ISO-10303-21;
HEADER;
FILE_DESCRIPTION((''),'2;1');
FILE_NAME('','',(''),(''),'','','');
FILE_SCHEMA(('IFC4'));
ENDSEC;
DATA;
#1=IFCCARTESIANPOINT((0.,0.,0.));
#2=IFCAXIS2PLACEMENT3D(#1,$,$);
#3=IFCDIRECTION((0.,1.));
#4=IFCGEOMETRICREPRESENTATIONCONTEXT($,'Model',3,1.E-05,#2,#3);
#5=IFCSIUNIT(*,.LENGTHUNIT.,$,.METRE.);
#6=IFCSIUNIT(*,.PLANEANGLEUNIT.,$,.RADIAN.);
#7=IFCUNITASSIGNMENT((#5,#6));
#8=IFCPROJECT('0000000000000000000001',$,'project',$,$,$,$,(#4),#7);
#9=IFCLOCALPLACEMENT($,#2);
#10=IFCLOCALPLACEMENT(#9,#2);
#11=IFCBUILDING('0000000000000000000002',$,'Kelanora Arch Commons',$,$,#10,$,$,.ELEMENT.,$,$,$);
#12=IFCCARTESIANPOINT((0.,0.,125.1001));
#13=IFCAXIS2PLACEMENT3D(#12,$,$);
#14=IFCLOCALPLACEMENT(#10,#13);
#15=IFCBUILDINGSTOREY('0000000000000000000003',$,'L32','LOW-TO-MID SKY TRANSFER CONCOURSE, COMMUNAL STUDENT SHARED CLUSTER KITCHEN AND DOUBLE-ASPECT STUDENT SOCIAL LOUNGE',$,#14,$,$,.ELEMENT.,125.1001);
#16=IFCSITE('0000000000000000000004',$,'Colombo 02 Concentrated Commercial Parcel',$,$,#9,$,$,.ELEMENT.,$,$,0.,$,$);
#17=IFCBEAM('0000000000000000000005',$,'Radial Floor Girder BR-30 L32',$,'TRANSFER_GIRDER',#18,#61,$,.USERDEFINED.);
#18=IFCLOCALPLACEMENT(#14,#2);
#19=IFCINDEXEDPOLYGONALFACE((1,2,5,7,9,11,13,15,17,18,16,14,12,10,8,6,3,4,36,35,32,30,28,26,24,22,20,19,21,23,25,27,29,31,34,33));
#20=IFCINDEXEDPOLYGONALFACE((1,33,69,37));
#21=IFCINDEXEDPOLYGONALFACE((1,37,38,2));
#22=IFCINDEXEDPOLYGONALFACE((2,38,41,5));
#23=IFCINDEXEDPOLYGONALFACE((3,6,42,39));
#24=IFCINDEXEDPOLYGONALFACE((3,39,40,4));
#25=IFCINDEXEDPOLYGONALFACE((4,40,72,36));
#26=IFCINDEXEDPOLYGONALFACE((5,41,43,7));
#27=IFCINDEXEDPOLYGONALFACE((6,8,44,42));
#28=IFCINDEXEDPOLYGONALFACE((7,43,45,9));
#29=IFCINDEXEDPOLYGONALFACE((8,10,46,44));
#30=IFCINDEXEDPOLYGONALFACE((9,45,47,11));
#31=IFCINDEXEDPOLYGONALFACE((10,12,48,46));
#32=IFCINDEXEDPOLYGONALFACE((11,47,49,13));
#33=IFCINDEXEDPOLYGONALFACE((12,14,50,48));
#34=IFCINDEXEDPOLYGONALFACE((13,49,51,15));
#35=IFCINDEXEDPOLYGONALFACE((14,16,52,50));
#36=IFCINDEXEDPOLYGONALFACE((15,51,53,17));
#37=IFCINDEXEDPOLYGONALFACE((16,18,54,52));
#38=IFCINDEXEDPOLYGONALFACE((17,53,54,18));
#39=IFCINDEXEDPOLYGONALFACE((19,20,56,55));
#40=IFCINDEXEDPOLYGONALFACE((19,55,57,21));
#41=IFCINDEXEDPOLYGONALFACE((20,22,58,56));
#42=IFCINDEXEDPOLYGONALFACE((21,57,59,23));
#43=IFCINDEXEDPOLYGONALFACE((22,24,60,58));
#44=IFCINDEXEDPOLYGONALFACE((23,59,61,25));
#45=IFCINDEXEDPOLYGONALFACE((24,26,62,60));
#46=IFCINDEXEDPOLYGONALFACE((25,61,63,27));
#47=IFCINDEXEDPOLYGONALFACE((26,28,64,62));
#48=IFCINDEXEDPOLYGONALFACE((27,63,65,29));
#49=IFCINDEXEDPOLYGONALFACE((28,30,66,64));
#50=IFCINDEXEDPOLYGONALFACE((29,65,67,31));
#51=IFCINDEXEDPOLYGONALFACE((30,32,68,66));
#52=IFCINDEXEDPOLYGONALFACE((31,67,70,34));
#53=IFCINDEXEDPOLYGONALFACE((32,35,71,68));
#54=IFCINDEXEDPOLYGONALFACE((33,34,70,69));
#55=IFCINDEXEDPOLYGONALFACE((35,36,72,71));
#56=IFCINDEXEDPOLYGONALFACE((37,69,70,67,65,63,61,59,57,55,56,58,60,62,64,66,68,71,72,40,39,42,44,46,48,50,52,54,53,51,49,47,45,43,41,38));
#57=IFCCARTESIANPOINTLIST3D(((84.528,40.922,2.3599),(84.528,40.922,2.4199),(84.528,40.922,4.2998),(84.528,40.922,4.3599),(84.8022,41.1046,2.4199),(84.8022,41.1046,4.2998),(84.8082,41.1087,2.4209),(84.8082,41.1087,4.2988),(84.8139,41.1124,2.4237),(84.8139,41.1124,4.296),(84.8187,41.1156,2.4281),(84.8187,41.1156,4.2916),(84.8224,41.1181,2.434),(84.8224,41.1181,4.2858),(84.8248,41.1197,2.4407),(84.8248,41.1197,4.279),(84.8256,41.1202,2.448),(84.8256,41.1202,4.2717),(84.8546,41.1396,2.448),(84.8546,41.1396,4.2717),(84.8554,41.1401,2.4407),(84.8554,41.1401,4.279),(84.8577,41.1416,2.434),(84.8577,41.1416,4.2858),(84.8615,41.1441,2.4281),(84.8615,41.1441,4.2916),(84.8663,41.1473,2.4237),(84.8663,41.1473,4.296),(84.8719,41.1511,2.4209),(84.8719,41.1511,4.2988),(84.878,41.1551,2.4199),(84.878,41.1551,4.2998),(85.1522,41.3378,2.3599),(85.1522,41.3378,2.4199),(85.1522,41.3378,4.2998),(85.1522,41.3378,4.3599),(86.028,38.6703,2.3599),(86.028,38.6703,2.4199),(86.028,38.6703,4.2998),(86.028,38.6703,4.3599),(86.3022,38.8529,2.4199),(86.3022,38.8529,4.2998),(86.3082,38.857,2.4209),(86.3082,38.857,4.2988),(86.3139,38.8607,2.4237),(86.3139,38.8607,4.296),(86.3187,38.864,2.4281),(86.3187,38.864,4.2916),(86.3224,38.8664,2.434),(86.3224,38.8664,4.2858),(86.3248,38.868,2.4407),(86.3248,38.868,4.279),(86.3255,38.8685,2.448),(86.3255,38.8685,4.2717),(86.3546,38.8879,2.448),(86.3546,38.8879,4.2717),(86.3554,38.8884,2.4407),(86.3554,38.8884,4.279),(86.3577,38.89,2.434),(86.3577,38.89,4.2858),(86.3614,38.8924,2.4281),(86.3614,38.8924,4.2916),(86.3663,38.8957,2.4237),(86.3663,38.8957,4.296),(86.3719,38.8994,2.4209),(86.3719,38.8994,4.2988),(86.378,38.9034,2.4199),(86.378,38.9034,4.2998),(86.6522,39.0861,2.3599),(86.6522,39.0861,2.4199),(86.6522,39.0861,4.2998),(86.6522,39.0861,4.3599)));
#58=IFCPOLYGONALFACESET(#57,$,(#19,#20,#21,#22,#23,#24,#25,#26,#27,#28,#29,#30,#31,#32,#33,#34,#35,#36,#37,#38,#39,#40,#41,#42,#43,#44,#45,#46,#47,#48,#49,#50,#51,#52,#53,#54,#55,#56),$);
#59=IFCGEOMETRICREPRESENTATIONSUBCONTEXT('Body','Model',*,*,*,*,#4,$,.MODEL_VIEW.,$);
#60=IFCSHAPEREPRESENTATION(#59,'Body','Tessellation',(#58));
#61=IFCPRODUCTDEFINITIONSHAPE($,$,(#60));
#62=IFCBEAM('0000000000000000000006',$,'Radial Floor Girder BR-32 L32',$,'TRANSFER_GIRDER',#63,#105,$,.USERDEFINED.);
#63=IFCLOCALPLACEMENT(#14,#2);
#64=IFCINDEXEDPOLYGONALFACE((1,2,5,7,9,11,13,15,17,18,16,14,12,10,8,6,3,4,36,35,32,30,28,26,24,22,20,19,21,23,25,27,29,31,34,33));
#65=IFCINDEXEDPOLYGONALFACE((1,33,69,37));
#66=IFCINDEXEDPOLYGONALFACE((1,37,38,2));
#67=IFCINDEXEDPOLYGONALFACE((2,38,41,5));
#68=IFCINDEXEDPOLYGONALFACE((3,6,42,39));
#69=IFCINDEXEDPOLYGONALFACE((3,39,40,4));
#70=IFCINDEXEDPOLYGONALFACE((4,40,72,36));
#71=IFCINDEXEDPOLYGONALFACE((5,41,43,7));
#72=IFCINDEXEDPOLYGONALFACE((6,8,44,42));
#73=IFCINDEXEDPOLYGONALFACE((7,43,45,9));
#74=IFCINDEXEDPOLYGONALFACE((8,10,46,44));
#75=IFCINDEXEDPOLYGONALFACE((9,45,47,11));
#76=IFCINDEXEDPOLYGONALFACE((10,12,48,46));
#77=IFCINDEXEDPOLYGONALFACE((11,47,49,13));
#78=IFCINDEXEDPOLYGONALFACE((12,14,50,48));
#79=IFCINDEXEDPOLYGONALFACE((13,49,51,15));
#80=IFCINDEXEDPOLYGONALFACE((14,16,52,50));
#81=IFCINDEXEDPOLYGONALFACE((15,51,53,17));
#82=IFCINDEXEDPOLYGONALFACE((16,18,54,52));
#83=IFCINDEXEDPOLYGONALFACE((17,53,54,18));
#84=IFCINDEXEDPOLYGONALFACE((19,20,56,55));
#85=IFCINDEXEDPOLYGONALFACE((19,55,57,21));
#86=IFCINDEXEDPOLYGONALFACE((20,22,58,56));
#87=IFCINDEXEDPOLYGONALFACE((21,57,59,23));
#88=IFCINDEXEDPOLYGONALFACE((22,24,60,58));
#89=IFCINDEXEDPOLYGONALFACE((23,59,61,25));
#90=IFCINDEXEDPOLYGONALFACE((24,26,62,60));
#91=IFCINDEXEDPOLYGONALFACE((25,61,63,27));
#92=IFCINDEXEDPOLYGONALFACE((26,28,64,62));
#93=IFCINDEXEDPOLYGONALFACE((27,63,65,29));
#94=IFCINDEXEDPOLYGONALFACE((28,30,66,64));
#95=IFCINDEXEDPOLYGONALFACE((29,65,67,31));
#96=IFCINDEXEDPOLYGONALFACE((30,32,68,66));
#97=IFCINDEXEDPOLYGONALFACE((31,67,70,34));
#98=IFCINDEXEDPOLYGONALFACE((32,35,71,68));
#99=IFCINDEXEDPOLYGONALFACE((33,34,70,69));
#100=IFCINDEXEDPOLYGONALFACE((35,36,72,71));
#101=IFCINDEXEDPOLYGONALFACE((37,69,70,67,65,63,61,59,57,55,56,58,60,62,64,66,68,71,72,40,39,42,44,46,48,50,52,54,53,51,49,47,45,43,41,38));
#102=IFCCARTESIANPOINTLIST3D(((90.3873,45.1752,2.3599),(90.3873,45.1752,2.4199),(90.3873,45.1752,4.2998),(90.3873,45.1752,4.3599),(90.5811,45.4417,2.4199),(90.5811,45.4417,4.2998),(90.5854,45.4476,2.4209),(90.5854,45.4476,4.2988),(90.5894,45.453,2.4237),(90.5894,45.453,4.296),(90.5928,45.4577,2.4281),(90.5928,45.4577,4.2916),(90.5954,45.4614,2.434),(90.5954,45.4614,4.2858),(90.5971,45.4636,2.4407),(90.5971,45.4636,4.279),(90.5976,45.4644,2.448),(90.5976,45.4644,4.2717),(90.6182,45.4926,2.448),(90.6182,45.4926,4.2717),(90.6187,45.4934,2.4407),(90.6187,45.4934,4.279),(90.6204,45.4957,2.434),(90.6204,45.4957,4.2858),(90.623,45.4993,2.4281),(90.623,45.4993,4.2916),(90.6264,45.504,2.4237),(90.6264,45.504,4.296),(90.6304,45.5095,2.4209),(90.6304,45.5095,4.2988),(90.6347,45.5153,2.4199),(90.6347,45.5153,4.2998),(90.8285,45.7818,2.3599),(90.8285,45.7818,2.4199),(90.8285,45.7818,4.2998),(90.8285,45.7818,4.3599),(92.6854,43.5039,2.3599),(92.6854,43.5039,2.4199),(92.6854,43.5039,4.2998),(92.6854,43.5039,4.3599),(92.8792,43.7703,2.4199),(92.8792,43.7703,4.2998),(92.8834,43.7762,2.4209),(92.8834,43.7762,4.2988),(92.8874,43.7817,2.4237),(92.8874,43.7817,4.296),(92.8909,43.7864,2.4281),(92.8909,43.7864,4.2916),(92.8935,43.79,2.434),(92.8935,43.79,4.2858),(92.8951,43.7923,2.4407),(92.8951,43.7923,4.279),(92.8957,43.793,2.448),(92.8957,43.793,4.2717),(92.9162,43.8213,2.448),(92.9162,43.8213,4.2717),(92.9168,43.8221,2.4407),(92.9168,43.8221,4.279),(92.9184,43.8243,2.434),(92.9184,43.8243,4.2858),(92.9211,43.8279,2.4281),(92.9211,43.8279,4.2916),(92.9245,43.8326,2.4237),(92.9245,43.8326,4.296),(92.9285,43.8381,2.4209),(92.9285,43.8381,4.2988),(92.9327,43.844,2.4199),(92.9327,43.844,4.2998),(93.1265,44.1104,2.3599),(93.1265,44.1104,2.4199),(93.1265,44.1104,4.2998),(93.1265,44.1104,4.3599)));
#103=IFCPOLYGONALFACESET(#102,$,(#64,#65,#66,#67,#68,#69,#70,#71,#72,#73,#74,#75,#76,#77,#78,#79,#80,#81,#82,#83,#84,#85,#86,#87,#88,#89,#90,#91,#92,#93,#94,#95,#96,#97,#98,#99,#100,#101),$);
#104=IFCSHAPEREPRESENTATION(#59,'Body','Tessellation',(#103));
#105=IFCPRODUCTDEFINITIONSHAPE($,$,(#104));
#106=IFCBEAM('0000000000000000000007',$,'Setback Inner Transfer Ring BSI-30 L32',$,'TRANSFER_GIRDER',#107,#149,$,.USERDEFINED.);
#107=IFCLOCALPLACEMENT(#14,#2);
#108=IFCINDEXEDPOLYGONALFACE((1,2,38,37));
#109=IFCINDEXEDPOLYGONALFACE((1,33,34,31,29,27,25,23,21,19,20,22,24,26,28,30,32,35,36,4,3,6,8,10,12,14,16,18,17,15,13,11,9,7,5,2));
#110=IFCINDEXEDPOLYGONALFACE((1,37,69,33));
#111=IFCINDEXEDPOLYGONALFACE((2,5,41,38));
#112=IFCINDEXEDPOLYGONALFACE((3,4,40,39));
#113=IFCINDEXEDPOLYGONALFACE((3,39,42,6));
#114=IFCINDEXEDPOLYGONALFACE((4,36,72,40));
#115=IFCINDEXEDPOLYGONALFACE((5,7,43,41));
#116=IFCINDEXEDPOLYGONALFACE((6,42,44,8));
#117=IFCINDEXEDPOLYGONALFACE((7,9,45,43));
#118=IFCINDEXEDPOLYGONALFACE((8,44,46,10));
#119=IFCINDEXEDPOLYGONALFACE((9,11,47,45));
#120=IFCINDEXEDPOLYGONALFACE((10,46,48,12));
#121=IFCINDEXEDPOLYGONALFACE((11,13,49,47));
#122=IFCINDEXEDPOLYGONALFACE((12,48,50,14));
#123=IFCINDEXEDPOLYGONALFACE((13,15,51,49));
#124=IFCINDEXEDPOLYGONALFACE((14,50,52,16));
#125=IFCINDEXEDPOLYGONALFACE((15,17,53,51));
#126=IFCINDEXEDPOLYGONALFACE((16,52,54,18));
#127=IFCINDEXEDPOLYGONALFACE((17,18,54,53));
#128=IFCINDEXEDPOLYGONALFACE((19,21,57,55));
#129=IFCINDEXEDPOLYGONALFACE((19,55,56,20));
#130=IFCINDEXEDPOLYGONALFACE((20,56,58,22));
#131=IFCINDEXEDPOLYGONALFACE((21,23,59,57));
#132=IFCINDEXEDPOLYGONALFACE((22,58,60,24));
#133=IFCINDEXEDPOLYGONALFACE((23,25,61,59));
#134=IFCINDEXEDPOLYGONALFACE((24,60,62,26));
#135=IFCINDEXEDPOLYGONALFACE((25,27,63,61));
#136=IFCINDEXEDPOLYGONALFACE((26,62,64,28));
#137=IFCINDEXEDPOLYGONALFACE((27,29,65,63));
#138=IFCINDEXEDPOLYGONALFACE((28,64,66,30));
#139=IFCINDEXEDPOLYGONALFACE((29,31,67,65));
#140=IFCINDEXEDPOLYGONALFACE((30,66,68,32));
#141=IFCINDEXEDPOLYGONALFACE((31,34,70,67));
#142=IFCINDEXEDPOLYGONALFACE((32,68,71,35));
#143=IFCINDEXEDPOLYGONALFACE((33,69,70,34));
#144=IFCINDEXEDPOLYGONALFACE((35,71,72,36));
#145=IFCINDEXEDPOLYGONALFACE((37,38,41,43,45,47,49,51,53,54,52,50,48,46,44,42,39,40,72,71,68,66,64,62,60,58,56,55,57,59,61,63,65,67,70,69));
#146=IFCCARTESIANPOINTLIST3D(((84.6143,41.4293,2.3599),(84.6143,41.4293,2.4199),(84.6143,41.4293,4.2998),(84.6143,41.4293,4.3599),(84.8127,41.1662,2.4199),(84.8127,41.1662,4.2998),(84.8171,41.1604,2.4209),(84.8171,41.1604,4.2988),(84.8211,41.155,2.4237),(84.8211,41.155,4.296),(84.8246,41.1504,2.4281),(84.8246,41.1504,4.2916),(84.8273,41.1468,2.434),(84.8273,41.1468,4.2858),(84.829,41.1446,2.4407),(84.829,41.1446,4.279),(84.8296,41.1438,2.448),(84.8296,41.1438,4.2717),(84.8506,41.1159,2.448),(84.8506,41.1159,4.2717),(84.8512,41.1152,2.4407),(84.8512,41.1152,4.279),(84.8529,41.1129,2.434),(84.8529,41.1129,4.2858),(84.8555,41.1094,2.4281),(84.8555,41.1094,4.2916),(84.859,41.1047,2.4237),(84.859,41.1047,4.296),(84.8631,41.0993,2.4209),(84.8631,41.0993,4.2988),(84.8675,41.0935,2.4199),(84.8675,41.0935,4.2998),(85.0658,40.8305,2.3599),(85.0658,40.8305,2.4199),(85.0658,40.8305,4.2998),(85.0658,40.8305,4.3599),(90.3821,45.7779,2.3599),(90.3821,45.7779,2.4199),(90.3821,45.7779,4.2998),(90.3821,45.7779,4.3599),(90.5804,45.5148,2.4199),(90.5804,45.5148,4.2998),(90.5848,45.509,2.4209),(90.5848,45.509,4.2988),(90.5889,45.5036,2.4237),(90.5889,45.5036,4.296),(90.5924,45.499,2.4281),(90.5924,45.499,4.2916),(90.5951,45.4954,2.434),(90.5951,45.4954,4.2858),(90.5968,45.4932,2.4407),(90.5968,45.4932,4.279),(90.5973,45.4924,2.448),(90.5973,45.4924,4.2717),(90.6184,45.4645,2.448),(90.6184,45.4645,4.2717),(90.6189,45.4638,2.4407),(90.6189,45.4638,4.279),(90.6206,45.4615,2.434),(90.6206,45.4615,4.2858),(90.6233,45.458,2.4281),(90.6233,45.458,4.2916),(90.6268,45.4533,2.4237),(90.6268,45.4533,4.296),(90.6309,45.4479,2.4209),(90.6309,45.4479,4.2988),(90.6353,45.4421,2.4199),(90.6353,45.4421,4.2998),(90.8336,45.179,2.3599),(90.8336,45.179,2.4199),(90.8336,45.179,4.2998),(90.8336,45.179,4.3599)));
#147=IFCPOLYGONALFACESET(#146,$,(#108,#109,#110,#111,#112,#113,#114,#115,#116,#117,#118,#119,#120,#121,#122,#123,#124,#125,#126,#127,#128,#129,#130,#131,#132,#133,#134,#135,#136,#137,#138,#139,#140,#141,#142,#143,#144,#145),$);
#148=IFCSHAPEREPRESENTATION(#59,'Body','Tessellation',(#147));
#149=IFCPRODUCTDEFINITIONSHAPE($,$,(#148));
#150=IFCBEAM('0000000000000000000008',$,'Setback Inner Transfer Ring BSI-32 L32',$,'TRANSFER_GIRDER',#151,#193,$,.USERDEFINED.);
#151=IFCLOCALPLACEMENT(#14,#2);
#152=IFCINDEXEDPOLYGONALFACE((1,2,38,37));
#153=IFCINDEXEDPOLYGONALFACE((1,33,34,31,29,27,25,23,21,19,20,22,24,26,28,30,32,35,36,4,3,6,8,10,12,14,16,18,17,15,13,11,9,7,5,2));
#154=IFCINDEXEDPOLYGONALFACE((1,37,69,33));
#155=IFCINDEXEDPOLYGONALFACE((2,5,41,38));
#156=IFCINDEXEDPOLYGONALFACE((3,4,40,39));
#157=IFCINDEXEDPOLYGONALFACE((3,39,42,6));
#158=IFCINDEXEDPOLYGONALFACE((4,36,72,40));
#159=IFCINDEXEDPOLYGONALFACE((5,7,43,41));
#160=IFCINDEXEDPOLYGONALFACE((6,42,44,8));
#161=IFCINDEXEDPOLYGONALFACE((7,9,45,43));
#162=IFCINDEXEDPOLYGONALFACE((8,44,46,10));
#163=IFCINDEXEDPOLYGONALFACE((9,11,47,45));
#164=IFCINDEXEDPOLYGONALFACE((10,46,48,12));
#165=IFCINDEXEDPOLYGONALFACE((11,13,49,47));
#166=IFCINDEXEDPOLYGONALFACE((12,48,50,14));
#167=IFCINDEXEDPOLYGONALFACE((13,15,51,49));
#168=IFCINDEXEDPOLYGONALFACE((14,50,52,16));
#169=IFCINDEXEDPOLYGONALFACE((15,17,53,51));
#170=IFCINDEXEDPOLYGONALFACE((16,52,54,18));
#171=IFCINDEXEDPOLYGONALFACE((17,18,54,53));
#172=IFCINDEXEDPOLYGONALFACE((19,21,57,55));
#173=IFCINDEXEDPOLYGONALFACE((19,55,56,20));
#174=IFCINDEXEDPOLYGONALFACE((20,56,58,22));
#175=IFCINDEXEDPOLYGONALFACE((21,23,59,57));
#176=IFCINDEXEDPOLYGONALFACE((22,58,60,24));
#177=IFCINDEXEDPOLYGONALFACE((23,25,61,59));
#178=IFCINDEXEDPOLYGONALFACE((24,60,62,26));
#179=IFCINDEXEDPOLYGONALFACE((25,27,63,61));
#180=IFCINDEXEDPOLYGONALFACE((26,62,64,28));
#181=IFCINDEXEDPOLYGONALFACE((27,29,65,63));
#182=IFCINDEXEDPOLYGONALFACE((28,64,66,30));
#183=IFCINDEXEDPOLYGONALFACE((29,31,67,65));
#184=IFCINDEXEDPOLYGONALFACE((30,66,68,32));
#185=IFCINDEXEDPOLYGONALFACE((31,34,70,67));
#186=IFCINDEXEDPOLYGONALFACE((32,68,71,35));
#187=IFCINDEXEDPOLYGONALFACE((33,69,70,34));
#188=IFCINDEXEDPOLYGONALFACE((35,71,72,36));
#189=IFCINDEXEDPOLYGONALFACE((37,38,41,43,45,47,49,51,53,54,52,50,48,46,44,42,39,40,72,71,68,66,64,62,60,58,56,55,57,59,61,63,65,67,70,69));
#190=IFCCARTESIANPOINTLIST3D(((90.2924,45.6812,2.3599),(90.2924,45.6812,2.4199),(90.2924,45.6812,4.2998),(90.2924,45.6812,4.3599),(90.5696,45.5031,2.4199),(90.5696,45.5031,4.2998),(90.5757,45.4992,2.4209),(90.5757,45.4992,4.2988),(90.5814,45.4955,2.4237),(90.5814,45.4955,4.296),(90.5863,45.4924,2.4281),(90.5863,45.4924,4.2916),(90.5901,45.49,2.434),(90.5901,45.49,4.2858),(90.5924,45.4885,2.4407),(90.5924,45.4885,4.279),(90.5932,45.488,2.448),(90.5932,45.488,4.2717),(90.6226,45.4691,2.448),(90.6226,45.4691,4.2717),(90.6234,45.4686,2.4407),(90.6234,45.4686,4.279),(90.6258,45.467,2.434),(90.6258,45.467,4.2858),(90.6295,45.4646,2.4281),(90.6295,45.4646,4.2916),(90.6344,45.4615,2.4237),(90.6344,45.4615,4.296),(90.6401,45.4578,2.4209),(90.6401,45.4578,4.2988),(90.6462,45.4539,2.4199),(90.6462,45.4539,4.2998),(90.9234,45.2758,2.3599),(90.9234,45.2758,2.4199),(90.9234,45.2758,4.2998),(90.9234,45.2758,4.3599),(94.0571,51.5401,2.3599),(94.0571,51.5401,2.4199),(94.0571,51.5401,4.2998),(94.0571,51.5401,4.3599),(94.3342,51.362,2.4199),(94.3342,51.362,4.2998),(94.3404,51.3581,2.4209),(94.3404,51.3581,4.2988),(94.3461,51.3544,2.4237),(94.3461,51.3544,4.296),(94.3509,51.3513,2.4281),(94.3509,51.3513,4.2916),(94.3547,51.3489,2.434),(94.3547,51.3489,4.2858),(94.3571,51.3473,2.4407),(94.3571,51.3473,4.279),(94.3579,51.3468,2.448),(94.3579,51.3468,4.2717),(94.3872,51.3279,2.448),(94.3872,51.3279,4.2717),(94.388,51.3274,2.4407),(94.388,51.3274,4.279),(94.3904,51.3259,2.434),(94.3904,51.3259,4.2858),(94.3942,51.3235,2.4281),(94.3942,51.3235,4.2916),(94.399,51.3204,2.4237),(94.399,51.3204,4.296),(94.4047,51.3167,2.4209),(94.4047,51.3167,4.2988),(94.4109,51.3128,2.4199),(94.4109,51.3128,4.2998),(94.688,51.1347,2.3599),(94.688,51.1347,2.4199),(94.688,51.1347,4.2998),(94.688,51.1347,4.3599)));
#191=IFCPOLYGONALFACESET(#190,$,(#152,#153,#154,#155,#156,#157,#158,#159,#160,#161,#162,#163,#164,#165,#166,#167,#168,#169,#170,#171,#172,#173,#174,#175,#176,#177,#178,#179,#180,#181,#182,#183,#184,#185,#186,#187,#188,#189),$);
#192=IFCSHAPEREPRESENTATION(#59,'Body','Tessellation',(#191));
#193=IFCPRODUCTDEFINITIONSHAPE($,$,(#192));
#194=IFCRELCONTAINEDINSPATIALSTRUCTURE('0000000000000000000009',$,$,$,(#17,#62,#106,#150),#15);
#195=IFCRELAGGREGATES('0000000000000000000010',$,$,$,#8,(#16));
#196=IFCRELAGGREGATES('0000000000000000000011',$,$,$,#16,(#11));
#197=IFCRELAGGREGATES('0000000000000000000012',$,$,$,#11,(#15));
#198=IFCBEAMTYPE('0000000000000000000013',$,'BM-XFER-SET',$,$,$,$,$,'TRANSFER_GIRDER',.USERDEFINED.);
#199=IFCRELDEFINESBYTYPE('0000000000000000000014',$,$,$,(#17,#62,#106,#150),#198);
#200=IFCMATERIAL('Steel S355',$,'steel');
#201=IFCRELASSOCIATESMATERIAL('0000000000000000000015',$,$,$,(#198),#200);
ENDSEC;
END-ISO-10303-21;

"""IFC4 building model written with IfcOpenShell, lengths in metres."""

from ifc_helpers import new_model, si_unit, direction, frame, origin, origin_2d, place, context, subcontext, project, spatial, i_section, extrude, material, material_profile, profile_set, type_object, element, save


model = new_model("IFC4")

# Units and contexts
model_context = context("Model", 3, precision=1e-05, world=origin(), true_north=direction((0.0, 1.0)))
body_context = subcontext(model_context, "Body", "Model", "MODEL_VIEW")
ifc_project = project(units=[si_unit("LENGTHUNIT", "METRE"), si_unit("PLANEANGLEUNIT", "RADIAN")], contexts=[model_context])

# Site, building, storey
site_placement = place(None, origin())
site = spatial("IfcSite", under=ifc_project, at=site_placement, Name="Colombo 02 Concentrated Commercial Parcel", CompositionType="ELEMENT", RefElevation=0.0)
building_placement = place(site_placement, origin())
building = spatial("IfcBuilding", under=site, at=building_placement, Name="Kelanora Arch Commons", CompositionType="ELEMENT")
storey_placement = place(building_placement, frame((0.0, 0.0, 125.1001)))
storey = spatial("IfcBuildingStorey", under=building, at=storey_placement, Name="L32", Description="LOW-TO-MID SKY TRANSFER CONCOURSE, COMMUNAL STUDENT SHARED CLUSTER KITCHEN AND DOUBLE-ASPECT STUDENT SOCIAL LOUNGE", CompositionType="ELEMENT", Elevation=125.1001)

# Beams
ifc_material_1 = material(Name="Steel S355", Category="steel")
ifc_material_profile_1 = material_profile(ifc_material_1, i_section(OverallWidth=0.75, OverallDepth=2.0, WebThickness=0.0349, FlangeThickness=0.0601, FilletRadius=0.0281, at=origin_2d()), Name="PG2000x750")
ifc_profile_set_1 = profile_set([ifc_material_profile_1], Name="Steel S355")
beam_type_1 = type_object("IfcBeamType", Name="BM-XFER-SET", ElementType="TRANSFER_GIRDER", PredefinedType="USERDEFINED", material=ifc_profile_set_1)
beam_1_placement = place(storey_placement, frame((84.8401, 41.1299, 3.3599), z_axis=(0.554409, -0.832245, 0.0), x_axis=(0.832245, 0.554409, 0.0)))
element("IfcBeam", 1, at=beam_1_placement, inside=storey, type_object=beam_type_1, Name="Radial Floor Girder BR-30 L32", ObjectType="TRANSFER_GIRDER", PredefinedType="USERDEFINED", context=body_context, shape_type="SweptSolid", body=[
    extrude(i_section(OverallWidth=0.75, OverallDepth=2.0, WebThickness=0.0349, FlangeThickness=0.0601, FilletRadius=0.0281, at=origin_2d()), origin(), (0.0, 0.0, 1.0), 2.7056),
])
beam_2_placement = place(storey_placement, frame((90.6079, 45.4785, 3.3599), z_axis=(0.808729, -0.588182, 0.0), x_axis=(0.588182, 0.808729, 0.0)))
element("IfcBeam", 2, at=beam_2_placement, inside=storey, type_object=beam_type_1, Name="Radial Floor Girder BR-32 L32", ObjectType="TRANSFER_GIRDER", PredefinedType="USERDEFINED", context=body_context, shape_type="SweptSolid", body=[
    extrude(i_section(OverallWidth=0.75, OverallDepth=2.0, WebThickness=0.0349, FlangeThickness=0.0601, FilletRadius=0.0281, at=origin_2d()), origin(), (0.0, 0.0, 1.0), 2.8416),
])
beam_3_placement = place(storey_placement, frame((84.8401, 41.1299, 3.3599), z_axis=(0.798485, 0.602015, 0.0), x_axis=(-0.602015, 0.798485, 0.0)))
element("IfcBeam", 3, at=beam_3_placement, inside=storey, type_object=beam_type_1, Name="Setback Inner Transfer Ring BSI-30 L32", ObjectType="TRANSFER_GIRDER", PredefinedType="USERDEFINED", context=body_context, shape_type="SweptSolid", body=[
    extrude(i_section(OverallWidth=0.75, OverallDepth=2.0, WebThickness=0.0349, FlangeThickness=0.0601, FilletRadius=0.0281, at=origin_2d()), origin(), (0.0, 0.0, 1.0), 7.2234),
])
beam_4_placement = place(storey_placement, frame((90.6079, 45.4785, 3.3599), z_axis=(0.540577, 0.841295, 0.0), x_axis=(-0.841295, 0.540577, 0.0)))
element("IfcBeam", 4, at=beam_4_placement, inside=storey, type_object=beam_type_1, Name="Setback Inner Transfer Ring BSI-32 L32", ObjectType="TRANSFER_GIRDER", PredefinedType="USERDEFINED", context=body_context, shape_type="SweptSolid", body=[
    extrude(i_section(OverallWidth=0.75, OverallDepth=2.0, WebThickness=0.0349, FlangeThickness=0.0601, FilletRadius=0.0281, at=origin_2d()), origin(), (0.0, 0.0, 1.0), 6.9641),
])

save(model, "model.ifc")
